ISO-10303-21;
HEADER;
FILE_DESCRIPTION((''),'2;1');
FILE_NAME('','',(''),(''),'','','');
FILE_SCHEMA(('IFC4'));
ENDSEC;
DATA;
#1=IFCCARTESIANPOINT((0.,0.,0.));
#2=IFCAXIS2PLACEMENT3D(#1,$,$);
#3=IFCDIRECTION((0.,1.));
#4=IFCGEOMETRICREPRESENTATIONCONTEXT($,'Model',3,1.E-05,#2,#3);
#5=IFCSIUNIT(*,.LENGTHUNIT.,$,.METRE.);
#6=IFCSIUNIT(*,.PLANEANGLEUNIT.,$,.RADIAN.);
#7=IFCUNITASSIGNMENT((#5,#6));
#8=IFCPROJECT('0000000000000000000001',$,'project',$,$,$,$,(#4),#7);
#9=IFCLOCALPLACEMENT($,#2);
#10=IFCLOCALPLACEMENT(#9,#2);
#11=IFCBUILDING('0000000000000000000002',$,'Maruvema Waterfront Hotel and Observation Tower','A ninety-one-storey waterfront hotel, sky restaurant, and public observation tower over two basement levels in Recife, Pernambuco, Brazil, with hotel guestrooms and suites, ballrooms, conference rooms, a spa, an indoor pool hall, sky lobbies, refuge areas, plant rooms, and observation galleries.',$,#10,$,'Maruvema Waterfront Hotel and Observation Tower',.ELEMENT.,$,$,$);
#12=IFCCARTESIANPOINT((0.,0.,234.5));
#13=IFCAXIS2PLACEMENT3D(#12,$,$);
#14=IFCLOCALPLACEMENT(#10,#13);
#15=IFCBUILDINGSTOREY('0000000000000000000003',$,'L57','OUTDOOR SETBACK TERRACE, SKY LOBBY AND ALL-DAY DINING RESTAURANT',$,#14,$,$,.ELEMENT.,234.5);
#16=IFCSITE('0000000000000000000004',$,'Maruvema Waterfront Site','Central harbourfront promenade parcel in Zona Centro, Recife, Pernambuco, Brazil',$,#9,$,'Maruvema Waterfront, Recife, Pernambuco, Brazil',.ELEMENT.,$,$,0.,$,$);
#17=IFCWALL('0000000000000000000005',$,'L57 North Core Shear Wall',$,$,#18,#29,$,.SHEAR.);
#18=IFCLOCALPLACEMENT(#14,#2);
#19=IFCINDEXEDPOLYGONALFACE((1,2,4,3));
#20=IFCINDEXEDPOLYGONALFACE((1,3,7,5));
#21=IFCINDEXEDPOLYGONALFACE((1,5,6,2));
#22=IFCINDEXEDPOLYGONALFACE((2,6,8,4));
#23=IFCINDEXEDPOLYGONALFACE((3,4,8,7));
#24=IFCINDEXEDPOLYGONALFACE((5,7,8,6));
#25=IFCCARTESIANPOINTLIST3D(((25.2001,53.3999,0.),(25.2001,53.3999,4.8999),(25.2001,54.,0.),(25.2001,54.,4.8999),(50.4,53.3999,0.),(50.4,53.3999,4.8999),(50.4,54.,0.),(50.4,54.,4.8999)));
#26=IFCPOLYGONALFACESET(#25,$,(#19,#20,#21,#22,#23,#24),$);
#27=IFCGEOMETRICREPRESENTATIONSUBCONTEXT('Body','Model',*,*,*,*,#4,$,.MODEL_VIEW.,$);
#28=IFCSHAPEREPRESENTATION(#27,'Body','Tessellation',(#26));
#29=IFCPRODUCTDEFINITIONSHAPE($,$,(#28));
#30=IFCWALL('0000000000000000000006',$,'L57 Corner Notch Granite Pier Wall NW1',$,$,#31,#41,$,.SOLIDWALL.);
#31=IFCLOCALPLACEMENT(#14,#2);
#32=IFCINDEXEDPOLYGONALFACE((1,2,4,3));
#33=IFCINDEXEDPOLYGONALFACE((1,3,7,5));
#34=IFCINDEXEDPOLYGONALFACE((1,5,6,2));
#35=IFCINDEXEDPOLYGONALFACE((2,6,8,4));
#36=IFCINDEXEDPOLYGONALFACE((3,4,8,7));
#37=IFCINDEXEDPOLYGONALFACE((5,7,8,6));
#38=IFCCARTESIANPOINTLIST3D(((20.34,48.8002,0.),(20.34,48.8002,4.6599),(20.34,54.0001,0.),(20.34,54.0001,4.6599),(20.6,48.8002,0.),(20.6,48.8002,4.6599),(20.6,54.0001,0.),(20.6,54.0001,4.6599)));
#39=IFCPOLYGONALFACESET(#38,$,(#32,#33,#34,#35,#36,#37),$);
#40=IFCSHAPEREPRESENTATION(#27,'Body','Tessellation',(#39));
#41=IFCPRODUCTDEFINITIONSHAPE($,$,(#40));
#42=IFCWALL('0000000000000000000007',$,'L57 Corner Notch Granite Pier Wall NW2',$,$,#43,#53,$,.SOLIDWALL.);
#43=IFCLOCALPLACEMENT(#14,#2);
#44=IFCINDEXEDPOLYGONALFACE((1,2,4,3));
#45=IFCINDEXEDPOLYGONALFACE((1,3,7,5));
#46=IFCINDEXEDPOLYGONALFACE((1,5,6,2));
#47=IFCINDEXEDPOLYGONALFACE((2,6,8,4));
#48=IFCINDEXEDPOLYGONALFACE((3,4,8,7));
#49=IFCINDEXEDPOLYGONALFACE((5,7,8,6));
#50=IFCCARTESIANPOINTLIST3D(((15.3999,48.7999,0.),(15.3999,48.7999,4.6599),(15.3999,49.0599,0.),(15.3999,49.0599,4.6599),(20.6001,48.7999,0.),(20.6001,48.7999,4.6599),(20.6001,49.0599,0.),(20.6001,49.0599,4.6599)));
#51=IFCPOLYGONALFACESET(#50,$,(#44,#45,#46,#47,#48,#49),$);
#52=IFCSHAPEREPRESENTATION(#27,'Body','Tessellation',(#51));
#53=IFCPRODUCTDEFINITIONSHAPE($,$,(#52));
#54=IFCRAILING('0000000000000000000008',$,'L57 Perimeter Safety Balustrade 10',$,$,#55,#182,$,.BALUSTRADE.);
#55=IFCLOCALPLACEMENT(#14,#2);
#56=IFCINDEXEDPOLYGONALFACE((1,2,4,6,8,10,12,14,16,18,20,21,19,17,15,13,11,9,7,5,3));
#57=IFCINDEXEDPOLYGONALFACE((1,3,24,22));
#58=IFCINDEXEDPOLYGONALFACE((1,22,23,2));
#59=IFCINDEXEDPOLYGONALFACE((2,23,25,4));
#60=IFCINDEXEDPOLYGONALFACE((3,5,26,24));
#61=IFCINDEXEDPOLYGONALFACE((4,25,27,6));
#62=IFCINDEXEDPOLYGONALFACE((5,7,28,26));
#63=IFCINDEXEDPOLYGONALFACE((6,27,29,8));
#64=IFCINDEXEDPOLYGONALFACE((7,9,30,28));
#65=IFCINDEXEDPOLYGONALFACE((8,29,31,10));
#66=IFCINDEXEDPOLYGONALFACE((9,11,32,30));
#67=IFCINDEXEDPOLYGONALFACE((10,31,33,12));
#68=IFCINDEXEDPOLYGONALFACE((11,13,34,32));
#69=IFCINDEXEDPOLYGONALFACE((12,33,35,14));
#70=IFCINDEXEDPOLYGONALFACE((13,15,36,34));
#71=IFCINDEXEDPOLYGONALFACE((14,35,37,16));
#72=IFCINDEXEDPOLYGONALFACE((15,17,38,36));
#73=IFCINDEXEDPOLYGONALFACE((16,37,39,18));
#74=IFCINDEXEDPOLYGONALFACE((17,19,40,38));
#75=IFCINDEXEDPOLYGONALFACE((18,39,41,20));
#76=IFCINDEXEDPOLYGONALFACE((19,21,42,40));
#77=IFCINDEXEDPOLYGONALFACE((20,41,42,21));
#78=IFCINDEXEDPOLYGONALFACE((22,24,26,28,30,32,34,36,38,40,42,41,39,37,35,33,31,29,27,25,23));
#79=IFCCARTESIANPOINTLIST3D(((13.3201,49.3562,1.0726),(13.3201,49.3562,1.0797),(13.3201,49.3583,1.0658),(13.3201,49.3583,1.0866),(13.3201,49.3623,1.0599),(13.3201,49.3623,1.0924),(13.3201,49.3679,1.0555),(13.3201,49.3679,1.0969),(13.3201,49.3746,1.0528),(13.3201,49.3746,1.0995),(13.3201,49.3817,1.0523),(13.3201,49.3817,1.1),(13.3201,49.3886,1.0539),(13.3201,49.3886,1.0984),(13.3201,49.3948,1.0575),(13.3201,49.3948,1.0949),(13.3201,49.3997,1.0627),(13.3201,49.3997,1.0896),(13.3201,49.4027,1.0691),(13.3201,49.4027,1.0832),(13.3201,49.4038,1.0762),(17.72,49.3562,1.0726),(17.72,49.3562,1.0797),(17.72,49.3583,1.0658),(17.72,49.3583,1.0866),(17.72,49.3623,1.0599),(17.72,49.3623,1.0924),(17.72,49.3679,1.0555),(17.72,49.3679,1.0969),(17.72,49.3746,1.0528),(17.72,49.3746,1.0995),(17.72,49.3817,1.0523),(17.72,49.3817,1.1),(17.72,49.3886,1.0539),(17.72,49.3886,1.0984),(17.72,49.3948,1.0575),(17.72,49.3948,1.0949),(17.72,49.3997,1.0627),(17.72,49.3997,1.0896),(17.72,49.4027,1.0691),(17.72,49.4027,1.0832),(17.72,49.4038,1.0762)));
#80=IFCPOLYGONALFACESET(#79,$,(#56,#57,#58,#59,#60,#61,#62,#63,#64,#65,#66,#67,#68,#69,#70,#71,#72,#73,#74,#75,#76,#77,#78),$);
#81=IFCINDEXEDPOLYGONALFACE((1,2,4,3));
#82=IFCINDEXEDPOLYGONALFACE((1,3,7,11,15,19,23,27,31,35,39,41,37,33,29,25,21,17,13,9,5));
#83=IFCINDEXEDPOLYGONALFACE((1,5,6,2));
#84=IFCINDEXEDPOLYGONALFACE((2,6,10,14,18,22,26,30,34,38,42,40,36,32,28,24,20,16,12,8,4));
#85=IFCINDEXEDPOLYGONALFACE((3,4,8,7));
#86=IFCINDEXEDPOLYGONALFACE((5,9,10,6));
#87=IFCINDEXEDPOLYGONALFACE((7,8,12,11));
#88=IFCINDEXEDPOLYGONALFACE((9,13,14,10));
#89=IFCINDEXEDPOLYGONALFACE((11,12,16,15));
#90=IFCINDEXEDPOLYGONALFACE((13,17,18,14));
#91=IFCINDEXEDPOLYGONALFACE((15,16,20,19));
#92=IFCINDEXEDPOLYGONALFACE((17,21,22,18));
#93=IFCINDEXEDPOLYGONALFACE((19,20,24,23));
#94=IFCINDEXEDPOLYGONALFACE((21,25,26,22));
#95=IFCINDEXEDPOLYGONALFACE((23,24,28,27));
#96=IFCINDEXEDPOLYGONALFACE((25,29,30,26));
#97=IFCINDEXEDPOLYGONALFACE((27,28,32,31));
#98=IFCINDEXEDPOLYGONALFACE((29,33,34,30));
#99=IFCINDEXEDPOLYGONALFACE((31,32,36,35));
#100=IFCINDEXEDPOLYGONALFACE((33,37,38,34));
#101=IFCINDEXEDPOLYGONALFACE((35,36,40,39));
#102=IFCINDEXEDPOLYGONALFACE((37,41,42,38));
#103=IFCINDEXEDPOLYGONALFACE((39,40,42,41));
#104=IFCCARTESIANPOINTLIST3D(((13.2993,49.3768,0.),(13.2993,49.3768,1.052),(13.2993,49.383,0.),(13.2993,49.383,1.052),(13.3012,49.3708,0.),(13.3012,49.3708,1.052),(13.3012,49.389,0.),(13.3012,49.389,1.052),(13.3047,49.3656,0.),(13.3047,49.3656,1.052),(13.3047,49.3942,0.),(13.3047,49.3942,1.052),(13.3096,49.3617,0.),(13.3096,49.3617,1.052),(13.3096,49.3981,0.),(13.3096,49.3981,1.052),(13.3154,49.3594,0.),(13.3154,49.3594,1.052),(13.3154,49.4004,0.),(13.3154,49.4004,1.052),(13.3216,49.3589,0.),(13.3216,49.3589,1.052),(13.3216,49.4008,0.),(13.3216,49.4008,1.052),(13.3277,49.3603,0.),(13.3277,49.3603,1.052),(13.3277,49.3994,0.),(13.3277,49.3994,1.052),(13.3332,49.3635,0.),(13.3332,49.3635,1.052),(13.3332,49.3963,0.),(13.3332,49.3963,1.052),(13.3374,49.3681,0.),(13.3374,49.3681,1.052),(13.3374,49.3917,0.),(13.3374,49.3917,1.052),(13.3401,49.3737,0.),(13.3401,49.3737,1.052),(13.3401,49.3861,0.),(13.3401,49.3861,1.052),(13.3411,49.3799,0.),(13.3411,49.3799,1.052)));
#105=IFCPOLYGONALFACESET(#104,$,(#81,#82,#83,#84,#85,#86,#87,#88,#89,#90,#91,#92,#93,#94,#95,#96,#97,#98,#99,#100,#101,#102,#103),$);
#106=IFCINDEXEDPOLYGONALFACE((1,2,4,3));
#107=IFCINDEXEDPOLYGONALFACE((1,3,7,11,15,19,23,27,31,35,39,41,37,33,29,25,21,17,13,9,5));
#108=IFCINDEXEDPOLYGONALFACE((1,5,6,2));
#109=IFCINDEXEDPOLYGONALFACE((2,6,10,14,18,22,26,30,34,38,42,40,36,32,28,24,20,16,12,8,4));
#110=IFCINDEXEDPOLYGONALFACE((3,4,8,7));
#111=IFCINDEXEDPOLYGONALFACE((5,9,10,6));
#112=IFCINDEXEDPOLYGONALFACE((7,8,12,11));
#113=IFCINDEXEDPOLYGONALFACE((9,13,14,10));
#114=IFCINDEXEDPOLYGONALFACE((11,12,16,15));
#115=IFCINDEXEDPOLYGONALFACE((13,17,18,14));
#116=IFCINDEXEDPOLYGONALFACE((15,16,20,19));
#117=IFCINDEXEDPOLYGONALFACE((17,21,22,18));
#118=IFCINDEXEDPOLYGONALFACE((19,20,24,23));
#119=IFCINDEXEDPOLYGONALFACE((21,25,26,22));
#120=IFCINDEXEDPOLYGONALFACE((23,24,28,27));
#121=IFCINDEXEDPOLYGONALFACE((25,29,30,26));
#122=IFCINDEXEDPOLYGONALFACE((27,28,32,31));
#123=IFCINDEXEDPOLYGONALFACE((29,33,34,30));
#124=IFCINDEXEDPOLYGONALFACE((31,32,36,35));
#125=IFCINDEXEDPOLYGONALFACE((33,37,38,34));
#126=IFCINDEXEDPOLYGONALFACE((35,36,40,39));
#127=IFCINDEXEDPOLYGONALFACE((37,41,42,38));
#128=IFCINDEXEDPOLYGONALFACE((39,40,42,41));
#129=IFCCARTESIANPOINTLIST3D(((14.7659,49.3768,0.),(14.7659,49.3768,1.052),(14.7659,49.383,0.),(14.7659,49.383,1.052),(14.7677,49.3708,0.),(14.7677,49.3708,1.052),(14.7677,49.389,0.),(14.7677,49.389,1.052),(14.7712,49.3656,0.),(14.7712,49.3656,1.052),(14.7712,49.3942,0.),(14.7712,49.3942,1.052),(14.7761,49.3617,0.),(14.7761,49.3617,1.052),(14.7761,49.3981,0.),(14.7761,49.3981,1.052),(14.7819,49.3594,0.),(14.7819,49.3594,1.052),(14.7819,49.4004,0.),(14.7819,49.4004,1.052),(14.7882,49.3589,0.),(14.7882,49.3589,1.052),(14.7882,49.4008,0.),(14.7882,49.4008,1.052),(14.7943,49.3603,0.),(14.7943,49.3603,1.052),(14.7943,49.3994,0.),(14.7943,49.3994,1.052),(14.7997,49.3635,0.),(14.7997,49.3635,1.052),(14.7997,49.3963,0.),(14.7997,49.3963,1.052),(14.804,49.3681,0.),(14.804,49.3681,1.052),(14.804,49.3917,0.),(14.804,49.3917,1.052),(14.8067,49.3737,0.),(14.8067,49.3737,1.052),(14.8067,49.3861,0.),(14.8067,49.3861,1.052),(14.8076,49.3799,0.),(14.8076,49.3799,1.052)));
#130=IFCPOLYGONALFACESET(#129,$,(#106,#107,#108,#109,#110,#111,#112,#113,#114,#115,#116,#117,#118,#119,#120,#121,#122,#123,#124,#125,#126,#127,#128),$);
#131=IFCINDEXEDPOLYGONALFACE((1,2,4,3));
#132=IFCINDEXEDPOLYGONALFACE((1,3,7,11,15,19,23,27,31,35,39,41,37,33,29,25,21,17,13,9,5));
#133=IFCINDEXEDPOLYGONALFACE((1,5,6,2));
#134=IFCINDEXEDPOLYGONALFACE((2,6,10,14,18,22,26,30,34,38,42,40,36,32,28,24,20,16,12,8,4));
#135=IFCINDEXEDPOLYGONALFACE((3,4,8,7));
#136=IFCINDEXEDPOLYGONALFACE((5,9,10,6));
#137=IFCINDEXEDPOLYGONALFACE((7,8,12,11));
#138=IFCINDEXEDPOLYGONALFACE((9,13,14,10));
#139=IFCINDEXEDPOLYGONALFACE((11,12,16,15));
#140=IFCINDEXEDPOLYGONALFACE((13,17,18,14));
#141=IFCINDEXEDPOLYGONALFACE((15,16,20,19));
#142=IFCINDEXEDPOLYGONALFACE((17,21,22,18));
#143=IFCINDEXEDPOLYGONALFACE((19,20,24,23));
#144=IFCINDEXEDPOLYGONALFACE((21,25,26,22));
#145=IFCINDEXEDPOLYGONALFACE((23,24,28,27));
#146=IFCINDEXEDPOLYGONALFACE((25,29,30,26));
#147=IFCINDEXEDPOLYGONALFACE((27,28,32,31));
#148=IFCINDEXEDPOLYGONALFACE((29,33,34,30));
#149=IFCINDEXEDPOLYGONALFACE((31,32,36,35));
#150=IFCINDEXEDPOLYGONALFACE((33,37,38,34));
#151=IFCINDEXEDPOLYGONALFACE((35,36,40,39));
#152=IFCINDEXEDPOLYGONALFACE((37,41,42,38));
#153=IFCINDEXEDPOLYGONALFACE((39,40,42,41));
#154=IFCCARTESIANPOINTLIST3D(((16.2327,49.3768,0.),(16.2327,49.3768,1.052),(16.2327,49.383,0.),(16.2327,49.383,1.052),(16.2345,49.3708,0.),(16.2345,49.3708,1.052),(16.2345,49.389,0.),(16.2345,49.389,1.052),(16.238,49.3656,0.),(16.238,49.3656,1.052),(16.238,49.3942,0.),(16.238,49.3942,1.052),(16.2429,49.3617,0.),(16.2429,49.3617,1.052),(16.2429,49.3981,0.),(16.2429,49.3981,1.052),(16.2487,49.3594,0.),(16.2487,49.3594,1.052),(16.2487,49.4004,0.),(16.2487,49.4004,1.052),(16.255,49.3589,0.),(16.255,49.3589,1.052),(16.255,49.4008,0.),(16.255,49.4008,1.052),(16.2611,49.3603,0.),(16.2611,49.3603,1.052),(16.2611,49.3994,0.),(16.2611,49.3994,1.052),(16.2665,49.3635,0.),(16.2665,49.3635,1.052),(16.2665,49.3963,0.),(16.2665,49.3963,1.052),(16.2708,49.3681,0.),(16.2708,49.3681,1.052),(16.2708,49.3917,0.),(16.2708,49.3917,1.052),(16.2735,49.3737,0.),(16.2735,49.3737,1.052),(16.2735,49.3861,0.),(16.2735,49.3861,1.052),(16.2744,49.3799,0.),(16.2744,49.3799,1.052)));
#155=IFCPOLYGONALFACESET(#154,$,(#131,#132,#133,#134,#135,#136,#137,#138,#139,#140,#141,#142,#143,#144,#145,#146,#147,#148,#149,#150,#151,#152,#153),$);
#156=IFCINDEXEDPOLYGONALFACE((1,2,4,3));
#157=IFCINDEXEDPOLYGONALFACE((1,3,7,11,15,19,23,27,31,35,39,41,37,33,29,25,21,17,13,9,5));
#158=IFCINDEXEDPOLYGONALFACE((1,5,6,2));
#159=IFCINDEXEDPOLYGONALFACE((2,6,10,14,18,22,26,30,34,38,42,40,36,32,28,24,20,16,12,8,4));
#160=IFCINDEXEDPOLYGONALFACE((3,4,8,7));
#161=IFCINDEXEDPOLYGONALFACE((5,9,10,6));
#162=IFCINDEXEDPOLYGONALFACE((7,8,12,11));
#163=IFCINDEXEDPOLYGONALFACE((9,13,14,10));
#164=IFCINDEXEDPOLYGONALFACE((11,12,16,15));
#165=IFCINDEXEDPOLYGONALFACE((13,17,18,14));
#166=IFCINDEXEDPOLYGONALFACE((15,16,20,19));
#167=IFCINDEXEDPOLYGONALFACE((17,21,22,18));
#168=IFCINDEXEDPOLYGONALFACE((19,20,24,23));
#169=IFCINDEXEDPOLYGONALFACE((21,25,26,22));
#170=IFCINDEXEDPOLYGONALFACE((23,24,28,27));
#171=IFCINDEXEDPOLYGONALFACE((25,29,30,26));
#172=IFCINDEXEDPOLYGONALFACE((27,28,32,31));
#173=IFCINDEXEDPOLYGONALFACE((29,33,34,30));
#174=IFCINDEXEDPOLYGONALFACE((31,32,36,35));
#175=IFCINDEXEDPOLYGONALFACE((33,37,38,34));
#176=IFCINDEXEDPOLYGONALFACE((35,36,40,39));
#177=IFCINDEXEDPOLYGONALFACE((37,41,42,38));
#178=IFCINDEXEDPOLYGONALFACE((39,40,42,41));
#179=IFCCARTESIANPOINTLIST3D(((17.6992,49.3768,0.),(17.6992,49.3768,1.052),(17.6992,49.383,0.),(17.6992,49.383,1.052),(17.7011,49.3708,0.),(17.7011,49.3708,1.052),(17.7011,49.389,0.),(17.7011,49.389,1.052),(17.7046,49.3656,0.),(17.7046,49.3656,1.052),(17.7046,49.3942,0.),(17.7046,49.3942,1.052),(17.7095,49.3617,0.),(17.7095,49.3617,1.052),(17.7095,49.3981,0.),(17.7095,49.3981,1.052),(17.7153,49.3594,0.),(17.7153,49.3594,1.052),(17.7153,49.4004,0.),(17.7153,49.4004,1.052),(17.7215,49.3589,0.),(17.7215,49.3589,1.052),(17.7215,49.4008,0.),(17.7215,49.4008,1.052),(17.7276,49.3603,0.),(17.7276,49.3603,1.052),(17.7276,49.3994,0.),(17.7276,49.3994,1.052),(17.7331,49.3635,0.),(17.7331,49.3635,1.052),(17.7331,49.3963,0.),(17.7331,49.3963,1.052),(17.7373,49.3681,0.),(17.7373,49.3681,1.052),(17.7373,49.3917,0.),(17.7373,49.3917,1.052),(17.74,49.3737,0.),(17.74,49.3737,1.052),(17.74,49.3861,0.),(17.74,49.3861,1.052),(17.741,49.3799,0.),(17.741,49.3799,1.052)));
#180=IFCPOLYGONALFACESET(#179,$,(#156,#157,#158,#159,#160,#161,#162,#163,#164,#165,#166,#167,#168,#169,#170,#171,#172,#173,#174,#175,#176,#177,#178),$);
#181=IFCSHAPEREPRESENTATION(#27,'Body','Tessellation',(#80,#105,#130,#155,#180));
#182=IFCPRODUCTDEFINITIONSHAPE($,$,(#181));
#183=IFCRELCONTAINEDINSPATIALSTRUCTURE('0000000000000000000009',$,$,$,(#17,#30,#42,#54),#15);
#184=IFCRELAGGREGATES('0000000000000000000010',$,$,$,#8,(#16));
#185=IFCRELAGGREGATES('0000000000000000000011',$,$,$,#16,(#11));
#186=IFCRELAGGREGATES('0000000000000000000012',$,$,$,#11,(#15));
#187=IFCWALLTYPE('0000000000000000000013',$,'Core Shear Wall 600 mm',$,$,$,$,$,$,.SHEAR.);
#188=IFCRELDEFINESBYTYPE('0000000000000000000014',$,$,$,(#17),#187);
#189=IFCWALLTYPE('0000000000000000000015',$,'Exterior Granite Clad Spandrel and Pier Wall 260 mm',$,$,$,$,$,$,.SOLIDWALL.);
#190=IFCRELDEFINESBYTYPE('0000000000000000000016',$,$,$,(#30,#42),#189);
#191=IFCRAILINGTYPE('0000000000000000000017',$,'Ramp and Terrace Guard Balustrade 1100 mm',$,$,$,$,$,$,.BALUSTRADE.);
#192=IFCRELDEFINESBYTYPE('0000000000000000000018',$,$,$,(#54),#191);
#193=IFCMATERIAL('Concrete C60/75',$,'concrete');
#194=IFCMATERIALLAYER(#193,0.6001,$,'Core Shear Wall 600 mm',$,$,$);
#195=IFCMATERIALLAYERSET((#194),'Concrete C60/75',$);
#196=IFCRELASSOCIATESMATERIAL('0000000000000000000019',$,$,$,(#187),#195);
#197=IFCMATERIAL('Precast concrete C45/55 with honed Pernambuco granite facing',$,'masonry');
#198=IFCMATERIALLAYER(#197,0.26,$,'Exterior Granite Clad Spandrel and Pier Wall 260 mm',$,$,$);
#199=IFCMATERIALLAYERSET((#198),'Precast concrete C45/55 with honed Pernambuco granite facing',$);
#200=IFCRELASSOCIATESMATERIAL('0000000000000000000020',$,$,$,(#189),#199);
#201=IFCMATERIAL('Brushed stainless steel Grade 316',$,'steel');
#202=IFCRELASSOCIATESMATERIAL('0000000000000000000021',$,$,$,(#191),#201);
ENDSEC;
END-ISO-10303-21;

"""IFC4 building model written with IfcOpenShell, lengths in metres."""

from ifc_helpers import new_model, si_unit, direction, frame, frame_2d, origin, origin_2d, place, context, subcontext, project, spatial, rectangle, circle, extrude, material, layer, layer_set, type_object, element, save


model = new_model("IFC4")

# Units and contexts
model_context = context("Model", 3, precision=1e-05, world=origin(), true_north=direction((0.0, 1.0)))
body_context = subcontext(model_context, "Body", "Model", "MODEL_VIEW")
ifc_project = project(units=[si_unit("LENGTHUNIT", "METRE"), si_unit("PLANEANGLEUNIT", "RADIAN")], contexts=[model_context])

# Site, building, storey
site_placement = place(None, origin())
site = spatial("IfcSite", under=ifc_project, at=site_placement, Name="Maruvema Waterfront Site", Description="Central harbourfront promenade parcel in Zona Centro, Recife, Pernambuco, Brazil", LongName="Maruvema Waterfront, Recife, Pernambuco, Brazil", CompositionType="ELEMENT", RefElevation=0.0)
building_placement = place(site_placement, origin())
building = spatial("IfcBuilding", under=site, at=building_placement, Name="Maruvema Waterfront Hotel and Observation Tower", Description="A ninety-one-storey waterfront hotel, sky restaurant, and public observation tower over two basement levels in Recife, Pernambuco, Brazil, with hotel guestrooms and suites, ballrooms, conference rooms, a spa, an indoor pool hall, sky lobbies, refuge areas, plant rooms, and observation galleries.", LongName="Maruvema Waterfront Hotel and Observation Tower", CompositionType="ELEMENT")
storey_placement = place(building_placement, frame((0.0, 0.0, 234.5)))
storey = spatial("IfcBuildingStorey", under=building, at=storey_placement, Name="L57", Description="OUTDOOR SETBACK TERRACE, SKY LOBBY AND ALL-DAY DINING RESTAURANT", CompositionType="ELEMENT", Elevation=234.5)

# Walls
ifc_material_1 = material(Name="Concrete C60/75", Category="concrete")
ifc_layer_1 = layer(ifc_material_1, 0.6001, Name="Core Shear Wall 600 mm")
ifc_layer_set_1 = layer_set([ifc_layer_1], Name="Concrete C60/75")
wall_type_1 = type_object("IfcWallType", Name="Core Shear Wall 600 mm", PredefinedType="SHEAR", material=ifc_layer_set_1)
wall_1_placement = place(storey_placement, frame((25.2, 53.7, 0.0), z_axis=(0.0, 0.0, 1.0), x_axis=(1.0, 0.0, 0.0)))
element("IfcWall", 1, at=wall_1_placement, inside=storey, type_object=wall_type_1, Name="L57 North Core Shear Wall", PredefinedType="SHEAR", context=body_context, shape_type="SweptSolid", body=[
    extrude(rectangle(XDim=25.2, YDim=0.6001, at=frame_2d((12.6001, 0.0))), origin(), (0.0, 0.0, 1.0), 4.8999),
])
ifc_material_2 = material(Name="Precast concrete C45/55 with honed Pernambuco granite facing", Category="masonry")
ifc_layer_2 = layer(ifc_material_2, 0.26, Name="Exterior Granite Clad Spandrel and Pier Wall 260 mm")
ifc_layer_set_2 = layer_set([ifc_layer_2], Name="Precast concrete C45/55 with honed Pernambuco granite facing")
wall_type_2 = type_object("IfcWallType", Name="Exterior Granite Clad Spandrel and Pier Wall 260 mm", PredefinedType="SOLIDWALL", material=ifc_layer_set_2)
wall_2_placement = place(storey_placement, frame((20.47, 48.8, 0.0), z_axis=(0.0, 0.0, 1.0), x_axis=(0.0, 1.0, 0.0)))
element("IfcWall", 2, at=wall_2_placement, inside=storey, type_object=wall_type_2, Name="L57 Corner Notch Granite Pier Wall NW1", PredefinedType="SOLIDWALL", context=body_context, shape_type="SweptSolid", body=[
    extrude(rectangle(XDim=5.2, YDim=0.26, at=frame_2d((2.6001, 0.0))), origin(), (0.0, 0.0, 1.0), 4.6599),
])
wall_3_placement = place(storey_placement, frame((15.3999, 48.9299, 0.0), z_axis=(0.0, 0.0, 1.0), x_axis=(1.0, 0.0, 0.0)))
element("IfcWall", 3, at=wall_3_placement, inside=storey, type_object=wall_type_2, Name="L57 Corner Notch Granite Pier Wall NW2", PredefinedType="SOLIDWALL", context=body_context, shape_type="SweptSolid", body=[
    extrude(rectangle(XDim=5.2002, YDim=0.26, at=frame_2d((2.6001, 0.0))), origin(), (0.0, 0.0, 1.0), 4.6599),
])

# Railing
ifc_material_3 = material(Name="Brushed stainless steel Grade 316", Category="steel")
railing_type = type_object("IfcRailingType", Name="Ramp and Terrace Guard Balustrade 1100 mm", PredefinedType="BALUSTRADE", material=ifc_material_3)
railing_1_placement = place(storey_placement, frame((13.3201, 49.3799, 0.0)))
element("IfcRailing", 4, at=railing_1_placement, inside=storey, type_object=railing_type, Name="L57 Perimeter Safety Balustrade 10", PredefinedType="BALUSTRADE", context=body_context, shape_type="SweptSolid", body=[
    extrude(circle(Radius=0.0239, at=origin_2d()), frame((0.0, 0.0, 1.0762), z_axis=(1.0, 0.0, 0.0), x_axis=(0.0, 1.0, 0.0)), (0.0, 0.0, 1.0), 4.3999),
    extrude(circle(Radius=0.021, at=origin_2d()), origin(), (0.0, 0.0, 1.0), 1.052),
    extrude(circle(Radius=0.021, at=origin_2d()), frame((1.4666, 0.0, 0.0)), (0.0, 0.0, 1.0), 1.052),
    extrude(circle(Radius=0.021, at=origin_2d()), frame((2.9333, 0.0, 0.0)), (0.0, 0.0, 1.0), 1.052),
    extrude(circle(Radius=0.021, at=origin_2d()), frame((4.3999, 0.0, 0.0)), (0.0, 0.0, 1.0), 1.052),
])

save(model, "model.ifc")
